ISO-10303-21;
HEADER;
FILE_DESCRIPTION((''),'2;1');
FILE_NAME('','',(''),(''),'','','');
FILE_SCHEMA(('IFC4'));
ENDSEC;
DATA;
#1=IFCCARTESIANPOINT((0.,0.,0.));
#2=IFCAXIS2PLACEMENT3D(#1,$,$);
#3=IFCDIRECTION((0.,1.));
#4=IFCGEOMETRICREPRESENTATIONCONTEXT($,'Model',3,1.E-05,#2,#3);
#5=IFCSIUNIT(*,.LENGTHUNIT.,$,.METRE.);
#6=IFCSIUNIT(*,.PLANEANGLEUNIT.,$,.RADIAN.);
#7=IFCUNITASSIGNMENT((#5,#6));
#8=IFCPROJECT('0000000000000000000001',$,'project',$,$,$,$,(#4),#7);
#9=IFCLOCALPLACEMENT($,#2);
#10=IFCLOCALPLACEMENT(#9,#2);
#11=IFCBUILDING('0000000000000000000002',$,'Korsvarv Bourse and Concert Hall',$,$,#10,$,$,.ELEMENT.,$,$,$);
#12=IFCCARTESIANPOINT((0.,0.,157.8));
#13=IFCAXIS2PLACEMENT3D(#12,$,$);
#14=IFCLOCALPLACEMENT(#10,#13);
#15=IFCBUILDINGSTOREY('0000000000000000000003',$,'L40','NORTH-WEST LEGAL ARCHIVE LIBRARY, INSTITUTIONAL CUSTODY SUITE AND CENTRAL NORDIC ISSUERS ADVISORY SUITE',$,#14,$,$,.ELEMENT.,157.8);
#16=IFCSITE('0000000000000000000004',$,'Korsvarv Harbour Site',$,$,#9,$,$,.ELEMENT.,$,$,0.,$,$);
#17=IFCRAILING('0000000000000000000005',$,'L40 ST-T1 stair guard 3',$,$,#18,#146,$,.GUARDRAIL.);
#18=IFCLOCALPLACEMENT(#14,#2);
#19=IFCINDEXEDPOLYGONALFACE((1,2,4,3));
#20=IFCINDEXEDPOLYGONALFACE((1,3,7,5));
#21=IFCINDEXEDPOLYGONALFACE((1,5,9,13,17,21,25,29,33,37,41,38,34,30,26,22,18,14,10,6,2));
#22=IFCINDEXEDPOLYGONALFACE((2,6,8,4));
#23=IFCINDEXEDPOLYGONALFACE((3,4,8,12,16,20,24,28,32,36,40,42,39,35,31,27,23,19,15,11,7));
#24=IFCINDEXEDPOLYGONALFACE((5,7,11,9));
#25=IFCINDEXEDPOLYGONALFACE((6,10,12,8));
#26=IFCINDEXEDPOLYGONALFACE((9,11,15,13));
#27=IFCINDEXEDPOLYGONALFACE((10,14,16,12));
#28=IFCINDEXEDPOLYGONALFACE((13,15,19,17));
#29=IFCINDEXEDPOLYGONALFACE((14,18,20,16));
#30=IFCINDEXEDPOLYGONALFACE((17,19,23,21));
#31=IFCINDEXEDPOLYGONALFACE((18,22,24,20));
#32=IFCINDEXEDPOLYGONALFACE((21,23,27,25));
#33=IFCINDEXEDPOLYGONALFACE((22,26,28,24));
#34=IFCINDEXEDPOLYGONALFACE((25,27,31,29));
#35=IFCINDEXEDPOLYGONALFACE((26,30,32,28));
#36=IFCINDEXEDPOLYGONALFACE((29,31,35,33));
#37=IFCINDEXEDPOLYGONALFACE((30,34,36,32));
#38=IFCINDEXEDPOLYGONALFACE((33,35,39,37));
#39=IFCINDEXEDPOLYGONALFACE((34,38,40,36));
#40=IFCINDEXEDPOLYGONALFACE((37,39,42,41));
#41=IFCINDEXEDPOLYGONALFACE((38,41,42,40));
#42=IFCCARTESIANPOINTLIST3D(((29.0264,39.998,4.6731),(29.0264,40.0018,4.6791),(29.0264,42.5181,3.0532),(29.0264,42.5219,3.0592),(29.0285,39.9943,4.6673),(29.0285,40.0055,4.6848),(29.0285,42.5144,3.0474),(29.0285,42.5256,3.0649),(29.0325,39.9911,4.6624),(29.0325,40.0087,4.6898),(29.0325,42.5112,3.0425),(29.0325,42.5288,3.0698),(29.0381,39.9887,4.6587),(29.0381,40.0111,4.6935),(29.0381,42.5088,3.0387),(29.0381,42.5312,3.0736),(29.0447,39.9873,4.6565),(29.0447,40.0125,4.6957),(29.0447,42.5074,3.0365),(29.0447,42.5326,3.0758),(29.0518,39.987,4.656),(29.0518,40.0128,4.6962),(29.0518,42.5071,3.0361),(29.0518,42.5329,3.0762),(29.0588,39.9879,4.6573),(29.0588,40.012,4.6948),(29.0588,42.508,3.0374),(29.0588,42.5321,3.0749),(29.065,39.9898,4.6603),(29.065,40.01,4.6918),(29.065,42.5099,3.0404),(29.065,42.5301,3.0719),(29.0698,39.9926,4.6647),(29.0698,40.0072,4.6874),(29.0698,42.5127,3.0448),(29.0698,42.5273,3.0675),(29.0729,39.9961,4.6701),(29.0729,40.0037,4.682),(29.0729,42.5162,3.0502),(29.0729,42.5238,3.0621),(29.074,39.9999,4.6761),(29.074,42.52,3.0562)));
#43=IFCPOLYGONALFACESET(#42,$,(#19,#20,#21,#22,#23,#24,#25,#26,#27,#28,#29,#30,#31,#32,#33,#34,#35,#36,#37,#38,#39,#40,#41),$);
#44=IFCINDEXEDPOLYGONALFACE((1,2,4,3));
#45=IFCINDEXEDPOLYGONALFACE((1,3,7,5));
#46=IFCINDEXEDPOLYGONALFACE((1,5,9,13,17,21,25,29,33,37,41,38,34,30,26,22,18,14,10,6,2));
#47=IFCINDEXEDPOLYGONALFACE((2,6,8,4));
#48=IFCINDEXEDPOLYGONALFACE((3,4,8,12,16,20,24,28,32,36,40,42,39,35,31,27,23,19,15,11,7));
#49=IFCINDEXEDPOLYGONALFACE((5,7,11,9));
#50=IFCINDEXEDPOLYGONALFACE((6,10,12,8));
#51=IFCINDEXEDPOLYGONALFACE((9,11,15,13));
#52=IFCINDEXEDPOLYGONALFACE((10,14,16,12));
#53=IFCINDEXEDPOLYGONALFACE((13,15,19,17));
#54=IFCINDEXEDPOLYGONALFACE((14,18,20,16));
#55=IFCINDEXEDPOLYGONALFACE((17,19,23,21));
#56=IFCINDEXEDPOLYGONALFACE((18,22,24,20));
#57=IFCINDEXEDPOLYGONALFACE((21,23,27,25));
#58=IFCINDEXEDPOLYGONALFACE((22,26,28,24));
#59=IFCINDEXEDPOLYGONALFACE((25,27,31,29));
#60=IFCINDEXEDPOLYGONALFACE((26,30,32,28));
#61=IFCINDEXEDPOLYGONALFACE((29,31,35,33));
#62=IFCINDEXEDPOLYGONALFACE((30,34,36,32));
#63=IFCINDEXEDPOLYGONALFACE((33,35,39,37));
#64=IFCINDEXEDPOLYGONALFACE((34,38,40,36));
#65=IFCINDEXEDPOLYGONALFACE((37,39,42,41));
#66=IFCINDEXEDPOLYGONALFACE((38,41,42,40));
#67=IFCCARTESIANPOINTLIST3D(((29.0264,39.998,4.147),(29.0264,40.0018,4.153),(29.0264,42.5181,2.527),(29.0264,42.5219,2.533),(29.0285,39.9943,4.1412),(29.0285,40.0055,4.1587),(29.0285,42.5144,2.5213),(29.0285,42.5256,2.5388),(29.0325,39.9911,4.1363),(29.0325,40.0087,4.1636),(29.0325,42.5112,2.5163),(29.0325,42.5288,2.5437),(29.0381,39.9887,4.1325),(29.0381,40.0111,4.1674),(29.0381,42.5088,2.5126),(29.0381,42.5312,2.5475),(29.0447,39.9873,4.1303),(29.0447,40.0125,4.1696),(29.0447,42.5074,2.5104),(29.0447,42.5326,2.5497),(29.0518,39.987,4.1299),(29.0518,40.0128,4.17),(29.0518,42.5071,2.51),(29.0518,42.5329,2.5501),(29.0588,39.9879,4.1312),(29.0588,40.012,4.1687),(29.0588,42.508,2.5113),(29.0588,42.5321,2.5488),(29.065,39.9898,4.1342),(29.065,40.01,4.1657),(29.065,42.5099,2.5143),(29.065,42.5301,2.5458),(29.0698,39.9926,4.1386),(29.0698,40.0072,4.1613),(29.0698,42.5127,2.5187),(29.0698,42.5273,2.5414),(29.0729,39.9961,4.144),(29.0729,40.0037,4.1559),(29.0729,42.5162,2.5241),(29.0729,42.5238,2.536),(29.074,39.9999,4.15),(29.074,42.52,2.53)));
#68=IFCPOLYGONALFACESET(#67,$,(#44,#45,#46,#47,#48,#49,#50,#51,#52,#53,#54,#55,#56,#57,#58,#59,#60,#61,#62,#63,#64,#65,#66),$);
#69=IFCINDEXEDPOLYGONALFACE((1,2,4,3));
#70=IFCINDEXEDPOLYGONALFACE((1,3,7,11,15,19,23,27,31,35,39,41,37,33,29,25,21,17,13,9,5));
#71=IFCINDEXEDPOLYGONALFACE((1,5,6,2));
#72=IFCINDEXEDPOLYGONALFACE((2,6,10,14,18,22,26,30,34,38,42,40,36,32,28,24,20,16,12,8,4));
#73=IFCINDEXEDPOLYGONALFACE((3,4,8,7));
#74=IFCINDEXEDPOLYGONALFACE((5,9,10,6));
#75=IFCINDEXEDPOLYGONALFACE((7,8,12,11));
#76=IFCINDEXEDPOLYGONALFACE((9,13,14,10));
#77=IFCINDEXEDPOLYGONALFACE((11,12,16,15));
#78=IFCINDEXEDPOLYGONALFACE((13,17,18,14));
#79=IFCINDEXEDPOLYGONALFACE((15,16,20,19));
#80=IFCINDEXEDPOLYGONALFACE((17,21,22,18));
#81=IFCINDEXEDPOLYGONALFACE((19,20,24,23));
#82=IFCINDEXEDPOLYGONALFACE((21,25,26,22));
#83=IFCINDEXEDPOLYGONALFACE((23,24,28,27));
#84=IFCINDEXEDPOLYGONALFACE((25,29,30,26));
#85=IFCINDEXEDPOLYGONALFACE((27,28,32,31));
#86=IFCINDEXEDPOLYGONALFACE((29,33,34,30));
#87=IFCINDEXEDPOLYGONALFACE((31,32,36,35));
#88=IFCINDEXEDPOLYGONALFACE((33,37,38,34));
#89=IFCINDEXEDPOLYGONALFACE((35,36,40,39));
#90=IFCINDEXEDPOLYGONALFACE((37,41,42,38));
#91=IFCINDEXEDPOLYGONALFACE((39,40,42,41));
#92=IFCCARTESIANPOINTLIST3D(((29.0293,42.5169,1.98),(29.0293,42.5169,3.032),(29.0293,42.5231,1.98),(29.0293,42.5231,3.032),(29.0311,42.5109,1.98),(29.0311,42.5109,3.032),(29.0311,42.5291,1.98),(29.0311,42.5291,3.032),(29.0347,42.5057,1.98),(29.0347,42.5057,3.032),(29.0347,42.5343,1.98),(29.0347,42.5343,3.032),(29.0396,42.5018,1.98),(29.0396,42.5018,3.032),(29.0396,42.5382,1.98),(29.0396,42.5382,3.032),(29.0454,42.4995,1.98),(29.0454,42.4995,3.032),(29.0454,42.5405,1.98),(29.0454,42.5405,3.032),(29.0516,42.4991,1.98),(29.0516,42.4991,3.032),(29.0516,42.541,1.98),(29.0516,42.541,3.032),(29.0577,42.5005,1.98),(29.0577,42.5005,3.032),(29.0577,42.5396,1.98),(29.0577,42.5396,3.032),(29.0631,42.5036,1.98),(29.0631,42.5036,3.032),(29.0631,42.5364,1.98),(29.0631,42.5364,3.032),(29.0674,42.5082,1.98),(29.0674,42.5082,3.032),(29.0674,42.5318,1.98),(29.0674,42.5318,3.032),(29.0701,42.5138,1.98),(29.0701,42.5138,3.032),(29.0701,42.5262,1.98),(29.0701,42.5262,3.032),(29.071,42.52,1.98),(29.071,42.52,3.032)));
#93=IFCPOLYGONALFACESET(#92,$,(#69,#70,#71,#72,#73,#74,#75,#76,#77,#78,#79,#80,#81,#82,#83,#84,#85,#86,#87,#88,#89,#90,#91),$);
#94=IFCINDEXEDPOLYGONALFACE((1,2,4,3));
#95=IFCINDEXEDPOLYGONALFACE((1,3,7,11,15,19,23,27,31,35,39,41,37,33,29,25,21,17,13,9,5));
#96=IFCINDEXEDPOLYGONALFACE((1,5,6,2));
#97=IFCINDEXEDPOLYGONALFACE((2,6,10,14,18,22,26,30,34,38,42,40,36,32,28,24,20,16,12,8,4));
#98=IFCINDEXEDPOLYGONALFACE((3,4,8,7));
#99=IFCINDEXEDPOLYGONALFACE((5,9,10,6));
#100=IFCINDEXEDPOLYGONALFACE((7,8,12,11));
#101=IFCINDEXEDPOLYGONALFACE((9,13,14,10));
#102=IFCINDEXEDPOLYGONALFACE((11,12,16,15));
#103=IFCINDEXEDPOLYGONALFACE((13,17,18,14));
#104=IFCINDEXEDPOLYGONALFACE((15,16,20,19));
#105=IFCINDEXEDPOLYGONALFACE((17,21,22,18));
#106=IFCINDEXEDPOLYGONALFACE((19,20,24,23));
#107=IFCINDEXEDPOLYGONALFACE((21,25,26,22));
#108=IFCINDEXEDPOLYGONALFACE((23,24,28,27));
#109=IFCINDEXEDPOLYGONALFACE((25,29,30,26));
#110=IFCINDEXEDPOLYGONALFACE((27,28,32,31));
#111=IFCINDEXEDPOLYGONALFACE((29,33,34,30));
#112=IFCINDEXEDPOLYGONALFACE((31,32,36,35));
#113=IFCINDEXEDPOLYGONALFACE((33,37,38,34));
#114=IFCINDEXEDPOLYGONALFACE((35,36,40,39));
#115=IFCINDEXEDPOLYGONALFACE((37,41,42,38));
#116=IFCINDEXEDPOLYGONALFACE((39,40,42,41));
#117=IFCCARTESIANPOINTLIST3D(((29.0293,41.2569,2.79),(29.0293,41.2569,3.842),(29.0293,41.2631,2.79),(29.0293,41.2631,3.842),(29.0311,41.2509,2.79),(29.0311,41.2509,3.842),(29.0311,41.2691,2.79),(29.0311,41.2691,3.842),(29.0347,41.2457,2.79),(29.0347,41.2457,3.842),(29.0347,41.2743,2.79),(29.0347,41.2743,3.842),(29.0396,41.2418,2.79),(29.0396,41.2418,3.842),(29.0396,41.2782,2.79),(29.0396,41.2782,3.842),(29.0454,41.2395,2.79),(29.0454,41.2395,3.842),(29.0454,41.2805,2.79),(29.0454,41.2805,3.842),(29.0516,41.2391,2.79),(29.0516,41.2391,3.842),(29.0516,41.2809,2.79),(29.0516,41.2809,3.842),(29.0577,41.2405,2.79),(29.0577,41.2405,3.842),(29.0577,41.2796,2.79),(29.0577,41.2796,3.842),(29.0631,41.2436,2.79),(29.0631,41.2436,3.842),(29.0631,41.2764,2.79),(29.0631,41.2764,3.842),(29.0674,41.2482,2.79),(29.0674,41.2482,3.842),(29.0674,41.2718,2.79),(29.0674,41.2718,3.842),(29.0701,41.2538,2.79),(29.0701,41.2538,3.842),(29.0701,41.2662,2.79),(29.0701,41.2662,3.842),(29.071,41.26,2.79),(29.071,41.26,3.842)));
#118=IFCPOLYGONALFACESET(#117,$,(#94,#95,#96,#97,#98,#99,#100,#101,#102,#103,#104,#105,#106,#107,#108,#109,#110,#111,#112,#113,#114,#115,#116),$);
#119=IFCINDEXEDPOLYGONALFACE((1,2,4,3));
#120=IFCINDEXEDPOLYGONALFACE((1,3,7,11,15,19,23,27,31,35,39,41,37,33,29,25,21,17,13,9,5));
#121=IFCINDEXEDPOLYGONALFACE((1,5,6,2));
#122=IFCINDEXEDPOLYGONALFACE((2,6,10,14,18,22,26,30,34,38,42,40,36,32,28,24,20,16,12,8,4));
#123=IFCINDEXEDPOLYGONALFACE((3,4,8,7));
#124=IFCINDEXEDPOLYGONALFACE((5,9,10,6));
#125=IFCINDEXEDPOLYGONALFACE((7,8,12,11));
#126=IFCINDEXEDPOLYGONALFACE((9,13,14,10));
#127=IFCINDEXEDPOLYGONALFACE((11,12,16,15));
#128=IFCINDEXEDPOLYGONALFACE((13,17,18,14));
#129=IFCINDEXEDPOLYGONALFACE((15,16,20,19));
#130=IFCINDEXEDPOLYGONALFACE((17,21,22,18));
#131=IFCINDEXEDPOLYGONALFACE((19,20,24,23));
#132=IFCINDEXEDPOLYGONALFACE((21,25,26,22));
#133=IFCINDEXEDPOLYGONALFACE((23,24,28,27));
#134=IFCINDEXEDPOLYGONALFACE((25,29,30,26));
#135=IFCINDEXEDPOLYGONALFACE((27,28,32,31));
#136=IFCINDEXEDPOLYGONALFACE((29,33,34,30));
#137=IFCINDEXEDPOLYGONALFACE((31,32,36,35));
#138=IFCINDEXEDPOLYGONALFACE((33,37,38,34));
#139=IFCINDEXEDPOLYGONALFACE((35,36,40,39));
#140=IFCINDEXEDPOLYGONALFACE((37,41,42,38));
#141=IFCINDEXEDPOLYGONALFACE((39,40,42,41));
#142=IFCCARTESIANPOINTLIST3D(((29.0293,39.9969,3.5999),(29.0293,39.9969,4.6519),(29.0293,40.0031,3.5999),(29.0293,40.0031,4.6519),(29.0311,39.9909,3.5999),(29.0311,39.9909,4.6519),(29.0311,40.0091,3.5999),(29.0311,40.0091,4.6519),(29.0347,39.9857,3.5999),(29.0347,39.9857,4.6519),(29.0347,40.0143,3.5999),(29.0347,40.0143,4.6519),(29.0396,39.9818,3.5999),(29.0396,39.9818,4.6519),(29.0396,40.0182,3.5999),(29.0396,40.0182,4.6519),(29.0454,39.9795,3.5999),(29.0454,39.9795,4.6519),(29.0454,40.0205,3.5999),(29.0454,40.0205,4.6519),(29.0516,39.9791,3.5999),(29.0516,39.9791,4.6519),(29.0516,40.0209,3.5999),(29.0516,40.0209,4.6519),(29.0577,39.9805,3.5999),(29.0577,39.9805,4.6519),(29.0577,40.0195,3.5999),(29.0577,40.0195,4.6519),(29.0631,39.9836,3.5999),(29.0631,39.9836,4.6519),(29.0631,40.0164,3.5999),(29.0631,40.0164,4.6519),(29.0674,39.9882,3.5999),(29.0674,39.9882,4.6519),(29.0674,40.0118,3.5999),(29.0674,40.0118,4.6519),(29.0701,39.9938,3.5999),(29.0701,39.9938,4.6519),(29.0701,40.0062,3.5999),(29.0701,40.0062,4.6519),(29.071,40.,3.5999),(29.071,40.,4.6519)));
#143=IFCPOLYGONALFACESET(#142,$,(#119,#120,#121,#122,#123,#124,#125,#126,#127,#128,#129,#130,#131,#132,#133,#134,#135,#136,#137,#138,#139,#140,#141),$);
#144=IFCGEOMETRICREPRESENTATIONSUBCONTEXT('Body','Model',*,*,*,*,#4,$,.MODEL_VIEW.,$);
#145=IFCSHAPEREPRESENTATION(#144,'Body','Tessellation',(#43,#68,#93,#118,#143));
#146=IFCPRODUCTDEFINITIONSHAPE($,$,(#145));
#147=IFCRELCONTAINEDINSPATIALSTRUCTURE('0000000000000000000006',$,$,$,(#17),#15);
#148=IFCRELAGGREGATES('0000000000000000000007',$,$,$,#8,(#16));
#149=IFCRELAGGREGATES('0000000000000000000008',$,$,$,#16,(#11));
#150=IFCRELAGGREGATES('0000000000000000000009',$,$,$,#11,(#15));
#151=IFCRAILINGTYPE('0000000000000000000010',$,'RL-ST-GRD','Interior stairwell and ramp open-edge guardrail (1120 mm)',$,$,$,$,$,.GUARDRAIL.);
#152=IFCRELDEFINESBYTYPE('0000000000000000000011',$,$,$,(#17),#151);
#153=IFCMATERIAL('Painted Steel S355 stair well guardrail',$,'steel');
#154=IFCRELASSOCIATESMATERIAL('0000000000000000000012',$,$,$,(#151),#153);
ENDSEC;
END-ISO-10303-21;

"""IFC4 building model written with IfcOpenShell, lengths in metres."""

from ifc_helpers import new_model, si_unit, direction, frame, origin, origin_2d, place, context, subcontext, project, spatial, circle, extrude, material, type_object, element, save


model = new_model("IFC4")

# Units and contexts
model_context = context("Model", 3, precision=1e-05, world=origin(), true_north=direction((0.0, 1.0)))
body_context = subcontext(model_context, "Body", "Model", "MODEL_VIEW")
ifc_project = project(units=[si_unit("LENGTHUNIT", "METRE"), si_unit("PLANEANGLEUNIT", "RADIAN")], contexts=[model_context])

# Site, building, storey
site_placement = place(None, origin())
site = spatial("IfcSite", under=ifc_project, at=site_placement, Name="Korsvarv Harbour Site", CompositionType="ELEMENT", RefElevation=0.0)
building_placement = place(site_placement, origin())
building = spatial("IfcBuilding", under=site, at=building_placement, Name="Korsvarv Bourse and Concert Hall", CompositionType="ELEMENT")
storey_placement = place(building_placement, frame((0.0, 0.0, 157.8)))
storey = spatial("IfcBuildingStorey", under=building, at=storey_placement, Name="L40", Description="NORTH-WEST LEGAL ARCHIVE LIBRARY, INSTITUTIONAL CUSTODY SUITE AND CENTRAL NORDIC ISSUERS ADVISORY SUITE", CompositionType="ELEMENT", Elevation=157.8)

# Railing
ifc_material_1 = material(Name="Painted Steel S355 stair well guardrail", Category="steel")
railing_type = type_object("IfcRailingType", Name="RL-ST-GRD", Description="Interior stairwell and ramp open-edge guardrail (1120 mm)", PredefinedType="GUARDRAIL", material=ifc_material_1)
railing_1_placement = place(storey_placement, frame((29.05, 42.52, 1.98)))
element("IfcRailing", 1, at=railing_1_placement, inside=storey, type_object=railing_type, Name="L40 ST-T1 stair guard 3", PredefinedType="GUARDRAIL", context=body_context, shape_type="SweptSolid", body=[
    extrude(circle(Radius=0.0239, at=origin_2d()), frame((0.0, 0.0, 1.0762), z_axis=(0.0, -0.8412, 0.540725), x_axis=(1.0, 0.0, 0.0)), (0.0, 0.0, 1.0), 2.9958),
    extrude(circle(Radius=0.0239, at=origin_2d()), frame((0.0, 0.0, 0.55), z_axis=(0.0, -0.8412, 0.540725), x_axis=(1.0, 0.0, 0.0)), (0.0, 0.0, 1.0), 2.9958),
    extrude(circle(Radius=0.021, at=origin_2d()), origin(), (0.0, 0.0, 1.0), 1.052),
    extrude(circle(Radius=0.021, at=origin_2d()), frame((0.0, -1.26, 0.8101)), (0.0, 0.0, 1.0), 1.052),
    extrude(circle(Radius=0.021, at=origin_2d()), frame((0.0, -2.52, 1.6199)), (0.0, 0.0, 1.0), 1.052),
])

save(model, "model.ifc")
